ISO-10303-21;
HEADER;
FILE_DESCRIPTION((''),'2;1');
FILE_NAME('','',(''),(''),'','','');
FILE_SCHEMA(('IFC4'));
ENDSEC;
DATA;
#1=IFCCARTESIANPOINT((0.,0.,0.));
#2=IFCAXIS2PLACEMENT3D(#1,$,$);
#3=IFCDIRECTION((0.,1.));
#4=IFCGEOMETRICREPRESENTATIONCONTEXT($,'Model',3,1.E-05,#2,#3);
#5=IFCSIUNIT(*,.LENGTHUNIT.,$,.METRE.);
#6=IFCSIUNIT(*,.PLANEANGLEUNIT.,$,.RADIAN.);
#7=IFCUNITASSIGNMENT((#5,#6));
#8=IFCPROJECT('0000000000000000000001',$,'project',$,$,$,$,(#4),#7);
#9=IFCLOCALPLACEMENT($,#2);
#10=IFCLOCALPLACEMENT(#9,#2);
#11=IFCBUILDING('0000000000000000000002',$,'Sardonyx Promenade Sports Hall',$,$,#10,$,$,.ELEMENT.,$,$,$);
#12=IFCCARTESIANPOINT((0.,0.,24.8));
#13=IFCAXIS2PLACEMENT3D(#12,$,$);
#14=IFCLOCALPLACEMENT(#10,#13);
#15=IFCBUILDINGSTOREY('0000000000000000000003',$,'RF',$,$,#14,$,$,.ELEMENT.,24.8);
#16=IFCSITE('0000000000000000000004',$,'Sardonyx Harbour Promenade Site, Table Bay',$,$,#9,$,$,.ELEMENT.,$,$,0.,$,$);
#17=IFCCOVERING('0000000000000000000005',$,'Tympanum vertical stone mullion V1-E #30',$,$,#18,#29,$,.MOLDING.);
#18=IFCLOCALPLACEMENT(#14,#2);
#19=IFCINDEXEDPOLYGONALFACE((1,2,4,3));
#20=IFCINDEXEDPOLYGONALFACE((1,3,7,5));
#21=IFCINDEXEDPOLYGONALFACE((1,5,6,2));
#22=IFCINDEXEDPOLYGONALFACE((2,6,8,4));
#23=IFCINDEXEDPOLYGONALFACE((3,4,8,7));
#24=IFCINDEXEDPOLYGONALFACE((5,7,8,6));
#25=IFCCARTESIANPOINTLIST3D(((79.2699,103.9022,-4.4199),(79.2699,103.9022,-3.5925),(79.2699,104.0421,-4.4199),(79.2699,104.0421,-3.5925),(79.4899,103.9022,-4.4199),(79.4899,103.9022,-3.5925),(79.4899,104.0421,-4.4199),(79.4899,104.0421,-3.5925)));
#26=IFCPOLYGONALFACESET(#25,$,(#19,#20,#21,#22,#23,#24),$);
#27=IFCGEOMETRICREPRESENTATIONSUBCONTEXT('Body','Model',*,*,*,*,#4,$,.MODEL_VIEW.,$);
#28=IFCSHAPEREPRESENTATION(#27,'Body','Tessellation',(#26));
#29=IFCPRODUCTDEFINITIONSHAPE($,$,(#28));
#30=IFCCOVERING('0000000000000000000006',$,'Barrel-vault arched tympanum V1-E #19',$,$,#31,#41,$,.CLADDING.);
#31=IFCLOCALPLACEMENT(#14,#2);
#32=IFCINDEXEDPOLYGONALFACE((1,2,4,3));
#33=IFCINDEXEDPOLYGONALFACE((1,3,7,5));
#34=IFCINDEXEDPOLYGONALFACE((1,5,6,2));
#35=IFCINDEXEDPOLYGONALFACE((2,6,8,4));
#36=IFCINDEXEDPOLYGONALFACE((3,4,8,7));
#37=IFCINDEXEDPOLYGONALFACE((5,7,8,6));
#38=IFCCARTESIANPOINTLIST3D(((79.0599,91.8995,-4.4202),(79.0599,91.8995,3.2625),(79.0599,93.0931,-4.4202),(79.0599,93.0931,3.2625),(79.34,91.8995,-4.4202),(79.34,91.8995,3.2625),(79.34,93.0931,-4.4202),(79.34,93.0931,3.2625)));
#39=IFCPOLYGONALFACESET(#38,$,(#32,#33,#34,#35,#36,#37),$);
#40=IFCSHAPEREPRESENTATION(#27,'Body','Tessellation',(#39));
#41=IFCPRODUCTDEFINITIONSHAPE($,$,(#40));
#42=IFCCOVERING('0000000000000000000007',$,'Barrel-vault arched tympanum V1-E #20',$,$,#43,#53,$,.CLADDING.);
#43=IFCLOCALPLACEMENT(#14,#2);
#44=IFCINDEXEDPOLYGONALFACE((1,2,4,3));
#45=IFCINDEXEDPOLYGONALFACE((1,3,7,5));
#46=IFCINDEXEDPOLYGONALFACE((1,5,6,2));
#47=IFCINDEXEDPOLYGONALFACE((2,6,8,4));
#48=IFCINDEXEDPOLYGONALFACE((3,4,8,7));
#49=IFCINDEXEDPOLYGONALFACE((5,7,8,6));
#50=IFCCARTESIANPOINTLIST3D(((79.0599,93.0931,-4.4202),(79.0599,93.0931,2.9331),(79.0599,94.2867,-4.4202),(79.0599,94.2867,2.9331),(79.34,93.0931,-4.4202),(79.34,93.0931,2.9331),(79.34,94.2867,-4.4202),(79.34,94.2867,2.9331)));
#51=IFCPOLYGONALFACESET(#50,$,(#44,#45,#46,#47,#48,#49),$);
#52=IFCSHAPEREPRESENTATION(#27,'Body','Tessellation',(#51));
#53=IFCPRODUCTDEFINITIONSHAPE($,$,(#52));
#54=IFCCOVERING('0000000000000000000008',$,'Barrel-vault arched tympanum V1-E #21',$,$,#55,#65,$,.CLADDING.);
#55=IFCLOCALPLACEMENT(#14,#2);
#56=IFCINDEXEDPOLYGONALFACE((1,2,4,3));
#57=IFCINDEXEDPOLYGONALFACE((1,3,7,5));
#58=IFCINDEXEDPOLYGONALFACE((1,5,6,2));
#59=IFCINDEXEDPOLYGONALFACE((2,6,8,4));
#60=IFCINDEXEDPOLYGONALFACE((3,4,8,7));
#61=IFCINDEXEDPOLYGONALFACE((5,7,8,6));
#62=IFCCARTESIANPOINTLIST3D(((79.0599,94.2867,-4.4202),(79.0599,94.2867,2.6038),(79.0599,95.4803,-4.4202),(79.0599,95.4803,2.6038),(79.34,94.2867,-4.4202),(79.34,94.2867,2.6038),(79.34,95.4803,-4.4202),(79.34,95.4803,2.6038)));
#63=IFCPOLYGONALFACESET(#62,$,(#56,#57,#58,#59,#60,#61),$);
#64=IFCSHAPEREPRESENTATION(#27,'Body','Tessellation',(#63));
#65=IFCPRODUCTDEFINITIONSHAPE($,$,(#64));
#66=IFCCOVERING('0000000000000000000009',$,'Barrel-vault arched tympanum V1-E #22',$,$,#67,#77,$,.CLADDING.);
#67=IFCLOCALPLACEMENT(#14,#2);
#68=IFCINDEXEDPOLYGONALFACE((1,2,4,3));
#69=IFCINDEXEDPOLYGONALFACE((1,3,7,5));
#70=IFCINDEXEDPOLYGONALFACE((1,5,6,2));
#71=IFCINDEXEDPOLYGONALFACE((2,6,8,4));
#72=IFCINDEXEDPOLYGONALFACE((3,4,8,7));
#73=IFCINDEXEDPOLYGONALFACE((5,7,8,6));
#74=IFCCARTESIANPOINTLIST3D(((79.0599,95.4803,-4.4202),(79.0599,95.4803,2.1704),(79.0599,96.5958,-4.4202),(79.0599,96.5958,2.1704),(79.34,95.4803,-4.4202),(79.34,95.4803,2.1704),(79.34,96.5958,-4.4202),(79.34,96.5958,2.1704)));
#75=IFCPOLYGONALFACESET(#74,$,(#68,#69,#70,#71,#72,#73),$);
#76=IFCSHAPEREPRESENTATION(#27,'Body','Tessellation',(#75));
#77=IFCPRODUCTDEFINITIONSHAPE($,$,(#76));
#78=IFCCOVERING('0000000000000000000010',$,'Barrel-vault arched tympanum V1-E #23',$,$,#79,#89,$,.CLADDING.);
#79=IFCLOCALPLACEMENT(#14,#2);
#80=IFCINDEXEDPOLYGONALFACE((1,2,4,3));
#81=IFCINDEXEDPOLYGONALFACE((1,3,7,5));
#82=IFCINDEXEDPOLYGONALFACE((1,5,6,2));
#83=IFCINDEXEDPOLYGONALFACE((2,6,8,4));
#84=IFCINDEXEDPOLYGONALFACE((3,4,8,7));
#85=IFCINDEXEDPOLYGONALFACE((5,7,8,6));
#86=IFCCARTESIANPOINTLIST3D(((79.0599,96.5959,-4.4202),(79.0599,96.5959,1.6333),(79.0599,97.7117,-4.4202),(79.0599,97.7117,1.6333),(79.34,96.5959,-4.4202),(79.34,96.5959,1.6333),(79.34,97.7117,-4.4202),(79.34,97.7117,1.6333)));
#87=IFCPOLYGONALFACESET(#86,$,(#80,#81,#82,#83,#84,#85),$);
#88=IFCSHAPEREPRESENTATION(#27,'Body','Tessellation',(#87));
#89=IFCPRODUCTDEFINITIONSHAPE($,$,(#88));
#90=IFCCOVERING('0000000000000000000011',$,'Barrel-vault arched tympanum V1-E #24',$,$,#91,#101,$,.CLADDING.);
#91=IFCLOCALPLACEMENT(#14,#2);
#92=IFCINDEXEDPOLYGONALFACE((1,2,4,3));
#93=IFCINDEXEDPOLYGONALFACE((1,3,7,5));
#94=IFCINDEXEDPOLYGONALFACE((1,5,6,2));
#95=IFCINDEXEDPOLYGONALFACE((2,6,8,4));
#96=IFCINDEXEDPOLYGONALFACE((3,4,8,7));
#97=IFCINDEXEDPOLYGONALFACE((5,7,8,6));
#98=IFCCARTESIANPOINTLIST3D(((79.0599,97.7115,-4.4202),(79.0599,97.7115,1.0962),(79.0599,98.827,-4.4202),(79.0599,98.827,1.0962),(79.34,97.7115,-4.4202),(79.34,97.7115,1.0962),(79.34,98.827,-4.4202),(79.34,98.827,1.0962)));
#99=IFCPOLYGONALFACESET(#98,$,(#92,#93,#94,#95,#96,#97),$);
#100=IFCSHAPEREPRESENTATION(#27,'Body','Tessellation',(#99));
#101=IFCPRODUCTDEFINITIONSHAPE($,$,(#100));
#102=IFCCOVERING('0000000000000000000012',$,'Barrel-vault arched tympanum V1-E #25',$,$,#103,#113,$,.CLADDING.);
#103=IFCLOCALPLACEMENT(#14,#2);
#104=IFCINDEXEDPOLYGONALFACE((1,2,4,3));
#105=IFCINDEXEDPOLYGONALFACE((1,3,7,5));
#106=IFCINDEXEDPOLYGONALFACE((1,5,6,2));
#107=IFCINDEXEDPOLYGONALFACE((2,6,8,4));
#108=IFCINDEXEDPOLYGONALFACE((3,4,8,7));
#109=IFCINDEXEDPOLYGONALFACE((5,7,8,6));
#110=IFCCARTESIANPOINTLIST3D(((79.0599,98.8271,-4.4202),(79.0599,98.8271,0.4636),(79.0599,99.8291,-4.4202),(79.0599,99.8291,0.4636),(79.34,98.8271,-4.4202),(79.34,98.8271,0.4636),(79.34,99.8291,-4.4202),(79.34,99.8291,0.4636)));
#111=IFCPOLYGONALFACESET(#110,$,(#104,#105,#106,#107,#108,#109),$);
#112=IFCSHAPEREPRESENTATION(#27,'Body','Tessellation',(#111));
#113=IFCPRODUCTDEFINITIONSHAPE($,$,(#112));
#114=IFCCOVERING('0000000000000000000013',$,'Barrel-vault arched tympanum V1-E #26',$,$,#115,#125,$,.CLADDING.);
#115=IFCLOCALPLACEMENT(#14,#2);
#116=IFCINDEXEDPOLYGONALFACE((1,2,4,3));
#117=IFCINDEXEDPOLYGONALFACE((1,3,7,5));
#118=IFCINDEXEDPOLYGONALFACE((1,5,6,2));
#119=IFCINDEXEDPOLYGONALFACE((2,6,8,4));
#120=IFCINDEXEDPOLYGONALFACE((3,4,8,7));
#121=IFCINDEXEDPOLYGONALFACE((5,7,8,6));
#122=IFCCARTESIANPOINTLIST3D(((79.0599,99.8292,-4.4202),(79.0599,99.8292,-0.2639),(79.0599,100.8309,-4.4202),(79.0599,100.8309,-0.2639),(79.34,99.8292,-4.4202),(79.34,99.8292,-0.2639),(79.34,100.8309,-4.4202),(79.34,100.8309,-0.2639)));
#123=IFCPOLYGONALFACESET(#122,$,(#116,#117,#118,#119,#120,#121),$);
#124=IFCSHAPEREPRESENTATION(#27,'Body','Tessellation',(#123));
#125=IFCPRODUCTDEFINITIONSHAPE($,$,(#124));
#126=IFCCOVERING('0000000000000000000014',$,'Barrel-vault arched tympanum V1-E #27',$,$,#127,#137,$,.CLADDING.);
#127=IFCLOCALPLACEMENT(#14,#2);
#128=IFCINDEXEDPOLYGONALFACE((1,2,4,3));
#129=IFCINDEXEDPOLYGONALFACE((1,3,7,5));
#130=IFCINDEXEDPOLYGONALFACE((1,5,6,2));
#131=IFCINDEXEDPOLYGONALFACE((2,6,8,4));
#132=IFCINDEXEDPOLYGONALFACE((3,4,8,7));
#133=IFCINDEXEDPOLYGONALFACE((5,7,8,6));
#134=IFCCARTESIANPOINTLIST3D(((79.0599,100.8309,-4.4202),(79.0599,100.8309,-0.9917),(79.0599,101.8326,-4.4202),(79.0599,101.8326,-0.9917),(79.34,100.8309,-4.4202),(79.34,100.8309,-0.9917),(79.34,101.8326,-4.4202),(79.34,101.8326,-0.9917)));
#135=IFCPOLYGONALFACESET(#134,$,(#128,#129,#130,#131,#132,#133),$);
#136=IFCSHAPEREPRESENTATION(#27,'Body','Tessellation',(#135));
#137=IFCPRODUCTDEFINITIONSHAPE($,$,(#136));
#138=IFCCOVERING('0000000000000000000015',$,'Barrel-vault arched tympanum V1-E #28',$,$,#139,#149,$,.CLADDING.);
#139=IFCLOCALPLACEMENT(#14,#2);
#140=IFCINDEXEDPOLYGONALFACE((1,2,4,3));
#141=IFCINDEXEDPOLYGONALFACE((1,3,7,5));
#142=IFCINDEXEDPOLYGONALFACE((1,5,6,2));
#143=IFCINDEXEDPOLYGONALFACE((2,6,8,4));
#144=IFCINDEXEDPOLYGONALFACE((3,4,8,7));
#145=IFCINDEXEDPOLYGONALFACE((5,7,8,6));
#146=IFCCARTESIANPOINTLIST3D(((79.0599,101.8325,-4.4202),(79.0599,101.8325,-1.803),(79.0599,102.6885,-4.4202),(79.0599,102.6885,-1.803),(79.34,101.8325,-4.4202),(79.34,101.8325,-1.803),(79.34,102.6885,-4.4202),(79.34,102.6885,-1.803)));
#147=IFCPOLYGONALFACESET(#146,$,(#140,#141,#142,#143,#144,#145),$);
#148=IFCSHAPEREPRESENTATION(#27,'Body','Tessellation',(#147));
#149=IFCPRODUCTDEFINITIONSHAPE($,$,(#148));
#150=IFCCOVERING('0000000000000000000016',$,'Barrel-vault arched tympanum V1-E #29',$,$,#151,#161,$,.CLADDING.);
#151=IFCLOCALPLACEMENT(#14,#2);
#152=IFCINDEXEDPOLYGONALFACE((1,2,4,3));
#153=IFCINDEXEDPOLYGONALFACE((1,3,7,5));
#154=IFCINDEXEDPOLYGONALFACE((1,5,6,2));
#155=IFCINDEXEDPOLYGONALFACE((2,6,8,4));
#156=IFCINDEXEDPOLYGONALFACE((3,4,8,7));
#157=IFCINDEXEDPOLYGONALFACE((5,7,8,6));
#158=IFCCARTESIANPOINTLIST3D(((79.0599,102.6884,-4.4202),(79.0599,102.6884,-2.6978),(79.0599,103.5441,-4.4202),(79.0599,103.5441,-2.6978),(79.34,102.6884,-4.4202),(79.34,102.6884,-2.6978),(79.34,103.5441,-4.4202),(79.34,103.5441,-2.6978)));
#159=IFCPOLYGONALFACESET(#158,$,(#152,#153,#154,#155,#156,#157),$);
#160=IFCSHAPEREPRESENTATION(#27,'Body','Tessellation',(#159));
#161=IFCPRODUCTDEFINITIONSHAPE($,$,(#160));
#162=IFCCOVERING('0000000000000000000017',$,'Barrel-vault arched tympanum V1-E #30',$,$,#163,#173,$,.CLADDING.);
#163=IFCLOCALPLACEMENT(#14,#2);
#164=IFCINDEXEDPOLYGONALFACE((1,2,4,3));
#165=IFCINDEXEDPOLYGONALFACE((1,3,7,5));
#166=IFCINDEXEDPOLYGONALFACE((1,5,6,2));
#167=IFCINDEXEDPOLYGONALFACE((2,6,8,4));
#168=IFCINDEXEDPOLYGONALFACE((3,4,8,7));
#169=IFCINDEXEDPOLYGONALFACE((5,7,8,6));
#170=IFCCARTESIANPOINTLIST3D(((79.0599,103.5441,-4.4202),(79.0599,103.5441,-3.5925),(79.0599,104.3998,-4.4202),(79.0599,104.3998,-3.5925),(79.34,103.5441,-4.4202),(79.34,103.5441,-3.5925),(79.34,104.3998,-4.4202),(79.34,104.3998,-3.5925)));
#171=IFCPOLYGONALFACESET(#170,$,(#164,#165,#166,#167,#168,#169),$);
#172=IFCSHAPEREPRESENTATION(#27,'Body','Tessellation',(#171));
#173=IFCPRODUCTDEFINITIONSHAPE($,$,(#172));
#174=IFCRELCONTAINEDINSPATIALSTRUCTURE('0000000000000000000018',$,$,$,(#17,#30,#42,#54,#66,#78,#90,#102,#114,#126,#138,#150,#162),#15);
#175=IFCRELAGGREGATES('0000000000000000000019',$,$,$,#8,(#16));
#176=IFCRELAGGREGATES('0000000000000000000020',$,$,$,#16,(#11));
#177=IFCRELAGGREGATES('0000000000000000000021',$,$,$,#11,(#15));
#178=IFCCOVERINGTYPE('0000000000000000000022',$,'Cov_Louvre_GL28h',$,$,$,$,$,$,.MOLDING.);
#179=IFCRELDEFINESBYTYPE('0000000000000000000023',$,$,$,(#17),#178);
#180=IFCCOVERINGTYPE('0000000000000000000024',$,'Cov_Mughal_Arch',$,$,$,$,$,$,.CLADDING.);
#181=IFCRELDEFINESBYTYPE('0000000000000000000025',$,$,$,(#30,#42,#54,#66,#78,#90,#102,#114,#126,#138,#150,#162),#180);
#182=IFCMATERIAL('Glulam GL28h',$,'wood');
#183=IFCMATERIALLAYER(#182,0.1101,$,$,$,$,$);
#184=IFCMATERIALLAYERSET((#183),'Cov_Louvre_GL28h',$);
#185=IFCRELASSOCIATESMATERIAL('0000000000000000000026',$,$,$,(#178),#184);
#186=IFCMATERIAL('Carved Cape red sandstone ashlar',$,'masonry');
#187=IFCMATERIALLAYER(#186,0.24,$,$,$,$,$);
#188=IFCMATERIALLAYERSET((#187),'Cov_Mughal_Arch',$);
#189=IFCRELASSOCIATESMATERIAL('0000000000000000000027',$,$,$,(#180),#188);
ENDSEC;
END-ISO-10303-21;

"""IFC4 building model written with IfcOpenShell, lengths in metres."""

from ifc_helpers import new_model, si_unit, direction, frame, frame_2d, origin, origin_2d, place, context, subcontext, project, spatial, rectangle, extrude, material, layer, layer_set, type_object, element, save


model = new_model("IFC4")

# Units and contexts
model_context = context("Model", 3, precision=1e-05, world=origin(), true_north=direction((0.0, 1.0)))
body_context = subcontext(model_context, "Body", "Model", "MODEL_VIEW")
ifc_project = project(units=[si_unit("LENGTHUNIT", "METRE"), si_unit("PLANEANGLEUNIT", "RADIAN")], contexts=[model_context])

# Site, building, storey
site_placement = place(None, origin())
site = spatial("IfcSite", under=ifc_project, at=site_placement, Name="Sardonyx Harbour Promenade Site, Table Bay", CompositionType="ELEMENT", RefElevation=0.0)
building_placement = place(site_placement, origin())
building = spatial("IfcBuilding", under=site, at=building_placement, Name="Sardonyx Promenade Sports Hall", CompositionType="ELEMENT")
storey_placement = place(building_placement, frame((0.0, 0.0, 24.8)))
storey = spatial("IfcBuildingStorey", under=building, at=storey_placement, Name="RF", CompositionType="ELEMENT", Elevation=24.8)

# Coverings
ifc_material_1 = material(Name="Glulam GL28h", Category="wood")
ifc_layer_1 = layer(ifc_material_1, 0.1101)
ifc_layer_set_1 = layer_set([ifc_layer_1], Name="Cov_Louvre_GL28h")
covering_type_1 = type_object("IfcCoveringType", Name="Cov_Louvre_GL28h", PredefinedType="MOLDING", material=ifc_layer_set_1)
covering_1_placement = place(storey_placement, frame((79.3799, 103.9722, -4.4199), z_axis=(0.0, 0.0, 1.0), x_axis=(1.0, 0.0, 0.0)))
element("IfcCovering", 1, at=covering_1_placement, inside=storey, type_object=covering_type_1, Name="Tympanum vertical stone mullion V1-E #30", PredefinedType="MOLDING", context=body_context, shape_type="SweptSolid", body=[
    extrude(rectangle(XDim=0.22, YDim=0.1399, at=origin_2d()), origin(), (0.0, 0.0, 1.0), 0.8274),
])
ifc_material_2 = material(Name="Carved Cape red sandstone ashlar", Category="masonry")
ifc_layer_2 = layer(ifc_material_2, 0.24)
ifc_layer_set_2 = layer_set([ifc_layer_2], Name="Cov_Mughal_Arch")
covering_type_2 = type_object("IfcCoveringType", Name="Cov_Mughal_Arch", PredefinedType="CLADDING", material=ifc_layer_set_2)
covering_2_placement = place(storey_placement, frame((79.2, 91.8997, -4.4202), z_axis=(0.0, 0.0, 1.0), x_axis=(0.0, 1.0, 0.0)))
element("IfcCovering", 2, at=covering_2_placement, inside=storey, type_object=covering_type_2, Name="Barrel-vault arched tympanum V1-E #19", PredefinedType="CLADDING", context=body_context, shape_type="SweptSolid", body=[
    extrude(rectangle(XDim=1.1936, YDim=0.28, at=frame_2d((0.5967, 0.0))), origin(), (0.0, 0.0, 1.0), 7.6826),
])
covering_3_placement = place(storey_placement, frame((79.2, 93.0933, -4.4202), z_axis=(0.0, 0.0, 1.0), x_axis=(0.0, 1.0, 0.0)))
element("IfcCovering", 3, at=covering_3_placement, inside=storey, type_object=covering_type_2, Name="Barrel-vault arched tympanum V1-E #20", PredefinedType="CLADDING", context=body_context, shape_type="SweptSolid", body=[
    extrude(rectangle(XDim=1.1936, YDim=0.28, at=frame_2d((0.5967, 0.0))), origin(), (0.0, 0.0, 1.0), 7.3533),
])
covering_4_placement = place(storey_placement, frame((79.2, 94.2869, -4.4202), z_axis=(0.0, 0.0, 1.0), x_axis=(0.0, 1.0, 0.0)))
element("IfcCovering", 4, at=covering_4_placement, inside=storey, type_object=covering_type_2, Name="Barrel-vault arched tympanum V1-E #21", PredefinedType="CLADDING", context=body_context, shape_type="SweptSolid", body=[
    extrude(rectangle(XDim=1.1936, YDim=0.28, at=frame_2d((0.5967, 0.0))), origin(), (0.0, 0.0, 1.0), 7.0239),
])
covering_5_placement = place(storey_placement, frame((79.2, 95.4805, -4.4202), z_axis=(0.0, 0.0, 1.0), x_axis=(0.0, 1.0, 0.0)))
element("IfcCovering", 5, at=covering_5_placement, inside=storey, type_object=covering_type_2, Name="Barrel-vault arched tympanum V1-E #22", PredefinedType="CLADDING", context=body_context, shape_type="SweptSolid", body=[
    extrude(rectangle(XDim=1.1155, YDim=0.28, at=frame_2d((0.5576, 0.0))), origin(), (0.0, 0.0, 1.0), 6.5906),
])
covering_6_placement = place(storey_placement, frame((79.2, 96.5959, -4.4202), z_axis=(0.0, 0.0, 1.0), x_axis=(0.0, 1.0, 0.0)))
element("IfcCovering", 6, at=covering_6_placement, inside=storey, type_object=covering_type_2, Name="Barrel-vault arched tympanum V1-E #23", PredefinedType="CLADDING", context=body_context, shape_type="SweptSolid", body=[
    extrude(rectangle(XDim=1.1157, YDim=0.28, at=frame_2d((0.5579, 0.0))), origin(), (0.0, 0.0, 1.0), 6.0535),
])
covering_7_placement = place(storey_placement, frame((79.2, 97.7117, -4.4202), z_axis=(0.0, 0.0, 1.0), x_axis=(0.0, 1.0, 0.0)))
element("IfcCovering", 7, at=covering_7_placement, inside=storey, type_object=covering_type_2, Name="Barrel-vault arched tympanum V1-E #24", PredefinedType="CLADDING", context=body_context, shape_type="SweptSolid", body=[
    extrude(rectangle(XDim=1.1155, YDim=0.28, at=frame_2d((0.5576, 0.0))), origin(), (0.0, 0.0, 1.0), 5.5164),
])
covering_8_placement = place(storey_placement, frame((79.2, 98.8271, -4.4202), z_axis=(0.0, 0.0, 1.0), x_axis=(0.0, 1.0, 0.0)))
element("IfcCovering", 8, at=covering_8_placement, inside=storey, type_object=covering_type_2, Name="Barrel-vault arched tympanum V1-E #25", PredefinedType="CLADDING", context=body_context, shape_type="SweptSolid", body=[
    extrude(rectangle(XDim=1.002, YDim=0.28, at=frame_2d((0.501, 0.0))), origin(), (0.0, 0.0, 1.0), 4.8838),
])
covering_9_placement = place(storey_placement, frame((79.2, 99.8291, -4.4202), z_axis=(0.0, 0.0, 1.0), x_axis=(0.0, 1.0, 0.0)))
element("IfcCovering", 9, at=covering_9_placement, inside=storey, type_object=covering_type_2, Name="Barrel-vault arched tympanum V1-E #26", PredefinedType="CLADDING", context=body_context, shape_type="SweptSolid", body=[
    extrude(rectangle(XDim=1.0017, YDim=0.28, at=frame_2d((0.501, 0.0))), origin(), (0.0, 0.0, 1.0), 4.1562),
])
covering_10_placement = place(storey_placement, frame((79.2, 100.8308, -4.4202), z_axis=(0.0, 0.0, 1.0), x_axis=(0.0, 1.0, 0.0)))
element("IfcCovering", 10, at=covering_10_placement, inside=storey, type_object=covering_type_2, Name="Barrel-vault arched tympanum V1-E #27", PredefinedType="CLADDING", context=body_context, shape_type="SweptSolid", body=[
    extrude(rectangle(XDim=1.0017, YDim=0.28, at=frame_2d((0.501, 0.0))), origin(), (0.0, 0.0, 1.0), 3.4285),
])
covering_11_placement = place(storey_placement, frame((79.2, 101.8325, -4.4202), z_axis=(0.0, 0.0, 1.0), x_axis=(0.0, 1.0, 0.0)))
element("IfcCovering", 11, at=covering_11_placement, inside=storey, type_object=covering_type_2, Name="Barrel-vault arched tympanum V1-E #28", PredefinedType="CLADDING", context=body_context, shape_type="SweptSolid", body=[
    extrude(rectangle(XDim=0.856, YDim=0.28, at=frame_2d((0.428, 0.0))), origin(), (0.0, 0.0, 1.0), 2.6172),
])
covering_12_placement = place(storey_placement, frame((79.2, 102.6885, -4.4202), z_axis=(0.0, 0.0, 1.0), x_axis=(0.0, 1.0, 0.0)))
element("IfcCovering", 12, at=covering_12_placement, inside=storey, type_object=covering_type_2, Name="Barrel-vault arched tympanum V1-E #29", PredefinedType="CLADDING", context=body_context, shape_type="SweptSolid", body=[
    extrude(rectangle(XDim=0.8557, YDim=0.28, at=frame_2d((0.4277, 0.0))), origin(), (0.0, 0.0, 1.0), 1.7224),
])
covering_13_placement = place(storey_placement, frame((79.2, 103.5442, -4.4202), z_axis=(0.0, 0.0, 1.0), x_axis=(0.0, 1.0, 0.0)))
element("IfcCovering", 13, at=covering_13_placement, inside=storey, type_object=covering_type_2, Name="Barrel-vault arched tympanum V1-E #30", PredefinedType="CLADDING", context=body_context, shape_type="SweptSolid", body=[
    extrude(rectangle(XDim=0.8557, YDim=0.28, at=frame_2d((0.4277, 0.0))), origin(), (0.0, 0.0, 1.0), 0.8276),
])

save(model, "model.ifc")
